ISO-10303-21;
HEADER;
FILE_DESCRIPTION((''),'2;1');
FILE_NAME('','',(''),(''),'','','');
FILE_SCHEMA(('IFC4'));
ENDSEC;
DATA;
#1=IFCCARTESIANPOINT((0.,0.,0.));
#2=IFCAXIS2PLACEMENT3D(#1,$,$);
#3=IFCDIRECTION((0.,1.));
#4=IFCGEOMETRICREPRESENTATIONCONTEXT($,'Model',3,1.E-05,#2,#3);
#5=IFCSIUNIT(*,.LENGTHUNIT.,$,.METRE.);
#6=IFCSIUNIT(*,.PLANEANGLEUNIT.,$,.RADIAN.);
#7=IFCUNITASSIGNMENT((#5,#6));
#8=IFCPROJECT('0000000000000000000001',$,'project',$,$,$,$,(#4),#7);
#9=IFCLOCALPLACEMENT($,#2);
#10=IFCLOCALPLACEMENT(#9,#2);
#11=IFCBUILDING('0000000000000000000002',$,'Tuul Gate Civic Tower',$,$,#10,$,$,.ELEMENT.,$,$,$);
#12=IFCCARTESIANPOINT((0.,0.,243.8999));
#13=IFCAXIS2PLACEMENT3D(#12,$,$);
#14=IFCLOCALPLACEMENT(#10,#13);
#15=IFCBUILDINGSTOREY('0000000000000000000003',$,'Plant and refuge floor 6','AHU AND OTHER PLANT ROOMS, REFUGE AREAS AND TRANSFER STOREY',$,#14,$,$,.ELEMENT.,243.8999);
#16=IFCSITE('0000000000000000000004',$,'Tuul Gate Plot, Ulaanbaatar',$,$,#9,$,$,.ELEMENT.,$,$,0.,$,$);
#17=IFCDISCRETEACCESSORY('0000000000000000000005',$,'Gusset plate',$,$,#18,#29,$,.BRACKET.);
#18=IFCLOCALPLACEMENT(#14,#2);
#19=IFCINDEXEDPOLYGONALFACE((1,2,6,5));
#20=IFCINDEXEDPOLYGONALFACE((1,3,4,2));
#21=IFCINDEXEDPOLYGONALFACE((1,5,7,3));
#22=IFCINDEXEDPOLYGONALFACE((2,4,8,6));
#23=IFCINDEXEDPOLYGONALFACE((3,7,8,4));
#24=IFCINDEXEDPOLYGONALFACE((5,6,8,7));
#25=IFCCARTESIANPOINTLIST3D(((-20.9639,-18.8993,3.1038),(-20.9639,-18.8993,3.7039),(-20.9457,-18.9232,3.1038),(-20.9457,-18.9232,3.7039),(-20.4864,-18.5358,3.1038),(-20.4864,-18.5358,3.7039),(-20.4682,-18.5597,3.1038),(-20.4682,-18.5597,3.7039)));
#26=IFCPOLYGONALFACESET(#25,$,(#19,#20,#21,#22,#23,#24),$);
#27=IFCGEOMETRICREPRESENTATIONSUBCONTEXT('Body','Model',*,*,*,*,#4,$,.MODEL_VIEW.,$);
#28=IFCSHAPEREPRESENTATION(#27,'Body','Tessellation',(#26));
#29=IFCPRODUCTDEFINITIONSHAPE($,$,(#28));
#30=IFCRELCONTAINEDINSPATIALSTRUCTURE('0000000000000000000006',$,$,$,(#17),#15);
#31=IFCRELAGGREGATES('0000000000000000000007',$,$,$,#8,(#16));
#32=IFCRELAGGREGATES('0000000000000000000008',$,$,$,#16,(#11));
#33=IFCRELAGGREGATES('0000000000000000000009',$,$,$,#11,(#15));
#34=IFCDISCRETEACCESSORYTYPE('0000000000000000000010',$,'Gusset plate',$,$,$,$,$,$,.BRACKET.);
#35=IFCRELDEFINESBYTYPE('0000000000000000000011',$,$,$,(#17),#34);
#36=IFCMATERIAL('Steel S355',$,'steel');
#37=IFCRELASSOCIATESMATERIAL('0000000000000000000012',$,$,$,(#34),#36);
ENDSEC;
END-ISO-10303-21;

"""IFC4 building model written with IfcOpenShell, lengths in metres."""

from ifc_helpers import new_model, si_unit, direction, frame, origin, origin_2d, place, context, subcontext, project, spatial, rectangle, extrude, material, type_object, element, save


model = new_model("IFC4")

# Units and contexts
model_context = context("Model", 3, precision=1e-05, world=origin(), true_north=direction((0.0, 1.0)))
body_context = subcontext(model_context, "Body", "Model", "MODEL_VIEW")
ifc_project = project(units=[si_unit("LENGTHUNIT", "METRE"), si_unit("PLANEANGLEUNIT", "RADIAN")], contexts=[model_context])

# Site, building, storey
site_placement = place(None, origin())
site = spatial("IfcSite", under=ifc_project, at=site_placement, Name="Tuul Gate Plot, Ulaanbaatar", CompositionType="ELEMENT", RefElevation=0.0)
building_placement = place(site_placement, origin())
building = spatial("IfcBuilding", under=site, at=building_placement, Name="Tuul Gate Civic Tower", CompositionType="ELEMENT")
storey_placement = place(building_placement, frame((0.0, 0.0, 243.8999)))
storey = spatial("IfcBuildingStorey", under=building, at=storey_placement, Name="Plant and refuge floor 6", Description="AHU AND OTHER PLANT ROOMS, REFUGE AREAS AND TRANSFER STOREY", CompositionType="ELEMENT", Elevation=243.8999)

# Discrete accessory
ifc_material_1 = material(Name="Steel S355", Category="steel")
discrete_accessory_type = type_object("IfcDiscreteAccessoryType", Name="Gusset plate", PredefinedType="BRACKET", material=ifc_material_1)
discrete_accessory_placement = place(storey_placement, frame((-20.7161, -18.7295, 3.1038), z_axis=(0.0, 0.0, 1.0), x_axis=(-0.795616, -0.605801, 0.0)))
element("IfcDiscreteAccessory", 1, at=discrete_accessory_placement, inside=storey, type_object=discrete_accessory_type, Name="Gusset plate", PredefinedType="BRACKET", context=body_context, shape_type="SweptSolid", body=[
    extrude(rectangle(XDim=0.6001, YDim=0.03, at=origin_2d()), origin(), (0.0, 0.0, 1.0), 0.6001),
])

save(model, "model.ifc")
